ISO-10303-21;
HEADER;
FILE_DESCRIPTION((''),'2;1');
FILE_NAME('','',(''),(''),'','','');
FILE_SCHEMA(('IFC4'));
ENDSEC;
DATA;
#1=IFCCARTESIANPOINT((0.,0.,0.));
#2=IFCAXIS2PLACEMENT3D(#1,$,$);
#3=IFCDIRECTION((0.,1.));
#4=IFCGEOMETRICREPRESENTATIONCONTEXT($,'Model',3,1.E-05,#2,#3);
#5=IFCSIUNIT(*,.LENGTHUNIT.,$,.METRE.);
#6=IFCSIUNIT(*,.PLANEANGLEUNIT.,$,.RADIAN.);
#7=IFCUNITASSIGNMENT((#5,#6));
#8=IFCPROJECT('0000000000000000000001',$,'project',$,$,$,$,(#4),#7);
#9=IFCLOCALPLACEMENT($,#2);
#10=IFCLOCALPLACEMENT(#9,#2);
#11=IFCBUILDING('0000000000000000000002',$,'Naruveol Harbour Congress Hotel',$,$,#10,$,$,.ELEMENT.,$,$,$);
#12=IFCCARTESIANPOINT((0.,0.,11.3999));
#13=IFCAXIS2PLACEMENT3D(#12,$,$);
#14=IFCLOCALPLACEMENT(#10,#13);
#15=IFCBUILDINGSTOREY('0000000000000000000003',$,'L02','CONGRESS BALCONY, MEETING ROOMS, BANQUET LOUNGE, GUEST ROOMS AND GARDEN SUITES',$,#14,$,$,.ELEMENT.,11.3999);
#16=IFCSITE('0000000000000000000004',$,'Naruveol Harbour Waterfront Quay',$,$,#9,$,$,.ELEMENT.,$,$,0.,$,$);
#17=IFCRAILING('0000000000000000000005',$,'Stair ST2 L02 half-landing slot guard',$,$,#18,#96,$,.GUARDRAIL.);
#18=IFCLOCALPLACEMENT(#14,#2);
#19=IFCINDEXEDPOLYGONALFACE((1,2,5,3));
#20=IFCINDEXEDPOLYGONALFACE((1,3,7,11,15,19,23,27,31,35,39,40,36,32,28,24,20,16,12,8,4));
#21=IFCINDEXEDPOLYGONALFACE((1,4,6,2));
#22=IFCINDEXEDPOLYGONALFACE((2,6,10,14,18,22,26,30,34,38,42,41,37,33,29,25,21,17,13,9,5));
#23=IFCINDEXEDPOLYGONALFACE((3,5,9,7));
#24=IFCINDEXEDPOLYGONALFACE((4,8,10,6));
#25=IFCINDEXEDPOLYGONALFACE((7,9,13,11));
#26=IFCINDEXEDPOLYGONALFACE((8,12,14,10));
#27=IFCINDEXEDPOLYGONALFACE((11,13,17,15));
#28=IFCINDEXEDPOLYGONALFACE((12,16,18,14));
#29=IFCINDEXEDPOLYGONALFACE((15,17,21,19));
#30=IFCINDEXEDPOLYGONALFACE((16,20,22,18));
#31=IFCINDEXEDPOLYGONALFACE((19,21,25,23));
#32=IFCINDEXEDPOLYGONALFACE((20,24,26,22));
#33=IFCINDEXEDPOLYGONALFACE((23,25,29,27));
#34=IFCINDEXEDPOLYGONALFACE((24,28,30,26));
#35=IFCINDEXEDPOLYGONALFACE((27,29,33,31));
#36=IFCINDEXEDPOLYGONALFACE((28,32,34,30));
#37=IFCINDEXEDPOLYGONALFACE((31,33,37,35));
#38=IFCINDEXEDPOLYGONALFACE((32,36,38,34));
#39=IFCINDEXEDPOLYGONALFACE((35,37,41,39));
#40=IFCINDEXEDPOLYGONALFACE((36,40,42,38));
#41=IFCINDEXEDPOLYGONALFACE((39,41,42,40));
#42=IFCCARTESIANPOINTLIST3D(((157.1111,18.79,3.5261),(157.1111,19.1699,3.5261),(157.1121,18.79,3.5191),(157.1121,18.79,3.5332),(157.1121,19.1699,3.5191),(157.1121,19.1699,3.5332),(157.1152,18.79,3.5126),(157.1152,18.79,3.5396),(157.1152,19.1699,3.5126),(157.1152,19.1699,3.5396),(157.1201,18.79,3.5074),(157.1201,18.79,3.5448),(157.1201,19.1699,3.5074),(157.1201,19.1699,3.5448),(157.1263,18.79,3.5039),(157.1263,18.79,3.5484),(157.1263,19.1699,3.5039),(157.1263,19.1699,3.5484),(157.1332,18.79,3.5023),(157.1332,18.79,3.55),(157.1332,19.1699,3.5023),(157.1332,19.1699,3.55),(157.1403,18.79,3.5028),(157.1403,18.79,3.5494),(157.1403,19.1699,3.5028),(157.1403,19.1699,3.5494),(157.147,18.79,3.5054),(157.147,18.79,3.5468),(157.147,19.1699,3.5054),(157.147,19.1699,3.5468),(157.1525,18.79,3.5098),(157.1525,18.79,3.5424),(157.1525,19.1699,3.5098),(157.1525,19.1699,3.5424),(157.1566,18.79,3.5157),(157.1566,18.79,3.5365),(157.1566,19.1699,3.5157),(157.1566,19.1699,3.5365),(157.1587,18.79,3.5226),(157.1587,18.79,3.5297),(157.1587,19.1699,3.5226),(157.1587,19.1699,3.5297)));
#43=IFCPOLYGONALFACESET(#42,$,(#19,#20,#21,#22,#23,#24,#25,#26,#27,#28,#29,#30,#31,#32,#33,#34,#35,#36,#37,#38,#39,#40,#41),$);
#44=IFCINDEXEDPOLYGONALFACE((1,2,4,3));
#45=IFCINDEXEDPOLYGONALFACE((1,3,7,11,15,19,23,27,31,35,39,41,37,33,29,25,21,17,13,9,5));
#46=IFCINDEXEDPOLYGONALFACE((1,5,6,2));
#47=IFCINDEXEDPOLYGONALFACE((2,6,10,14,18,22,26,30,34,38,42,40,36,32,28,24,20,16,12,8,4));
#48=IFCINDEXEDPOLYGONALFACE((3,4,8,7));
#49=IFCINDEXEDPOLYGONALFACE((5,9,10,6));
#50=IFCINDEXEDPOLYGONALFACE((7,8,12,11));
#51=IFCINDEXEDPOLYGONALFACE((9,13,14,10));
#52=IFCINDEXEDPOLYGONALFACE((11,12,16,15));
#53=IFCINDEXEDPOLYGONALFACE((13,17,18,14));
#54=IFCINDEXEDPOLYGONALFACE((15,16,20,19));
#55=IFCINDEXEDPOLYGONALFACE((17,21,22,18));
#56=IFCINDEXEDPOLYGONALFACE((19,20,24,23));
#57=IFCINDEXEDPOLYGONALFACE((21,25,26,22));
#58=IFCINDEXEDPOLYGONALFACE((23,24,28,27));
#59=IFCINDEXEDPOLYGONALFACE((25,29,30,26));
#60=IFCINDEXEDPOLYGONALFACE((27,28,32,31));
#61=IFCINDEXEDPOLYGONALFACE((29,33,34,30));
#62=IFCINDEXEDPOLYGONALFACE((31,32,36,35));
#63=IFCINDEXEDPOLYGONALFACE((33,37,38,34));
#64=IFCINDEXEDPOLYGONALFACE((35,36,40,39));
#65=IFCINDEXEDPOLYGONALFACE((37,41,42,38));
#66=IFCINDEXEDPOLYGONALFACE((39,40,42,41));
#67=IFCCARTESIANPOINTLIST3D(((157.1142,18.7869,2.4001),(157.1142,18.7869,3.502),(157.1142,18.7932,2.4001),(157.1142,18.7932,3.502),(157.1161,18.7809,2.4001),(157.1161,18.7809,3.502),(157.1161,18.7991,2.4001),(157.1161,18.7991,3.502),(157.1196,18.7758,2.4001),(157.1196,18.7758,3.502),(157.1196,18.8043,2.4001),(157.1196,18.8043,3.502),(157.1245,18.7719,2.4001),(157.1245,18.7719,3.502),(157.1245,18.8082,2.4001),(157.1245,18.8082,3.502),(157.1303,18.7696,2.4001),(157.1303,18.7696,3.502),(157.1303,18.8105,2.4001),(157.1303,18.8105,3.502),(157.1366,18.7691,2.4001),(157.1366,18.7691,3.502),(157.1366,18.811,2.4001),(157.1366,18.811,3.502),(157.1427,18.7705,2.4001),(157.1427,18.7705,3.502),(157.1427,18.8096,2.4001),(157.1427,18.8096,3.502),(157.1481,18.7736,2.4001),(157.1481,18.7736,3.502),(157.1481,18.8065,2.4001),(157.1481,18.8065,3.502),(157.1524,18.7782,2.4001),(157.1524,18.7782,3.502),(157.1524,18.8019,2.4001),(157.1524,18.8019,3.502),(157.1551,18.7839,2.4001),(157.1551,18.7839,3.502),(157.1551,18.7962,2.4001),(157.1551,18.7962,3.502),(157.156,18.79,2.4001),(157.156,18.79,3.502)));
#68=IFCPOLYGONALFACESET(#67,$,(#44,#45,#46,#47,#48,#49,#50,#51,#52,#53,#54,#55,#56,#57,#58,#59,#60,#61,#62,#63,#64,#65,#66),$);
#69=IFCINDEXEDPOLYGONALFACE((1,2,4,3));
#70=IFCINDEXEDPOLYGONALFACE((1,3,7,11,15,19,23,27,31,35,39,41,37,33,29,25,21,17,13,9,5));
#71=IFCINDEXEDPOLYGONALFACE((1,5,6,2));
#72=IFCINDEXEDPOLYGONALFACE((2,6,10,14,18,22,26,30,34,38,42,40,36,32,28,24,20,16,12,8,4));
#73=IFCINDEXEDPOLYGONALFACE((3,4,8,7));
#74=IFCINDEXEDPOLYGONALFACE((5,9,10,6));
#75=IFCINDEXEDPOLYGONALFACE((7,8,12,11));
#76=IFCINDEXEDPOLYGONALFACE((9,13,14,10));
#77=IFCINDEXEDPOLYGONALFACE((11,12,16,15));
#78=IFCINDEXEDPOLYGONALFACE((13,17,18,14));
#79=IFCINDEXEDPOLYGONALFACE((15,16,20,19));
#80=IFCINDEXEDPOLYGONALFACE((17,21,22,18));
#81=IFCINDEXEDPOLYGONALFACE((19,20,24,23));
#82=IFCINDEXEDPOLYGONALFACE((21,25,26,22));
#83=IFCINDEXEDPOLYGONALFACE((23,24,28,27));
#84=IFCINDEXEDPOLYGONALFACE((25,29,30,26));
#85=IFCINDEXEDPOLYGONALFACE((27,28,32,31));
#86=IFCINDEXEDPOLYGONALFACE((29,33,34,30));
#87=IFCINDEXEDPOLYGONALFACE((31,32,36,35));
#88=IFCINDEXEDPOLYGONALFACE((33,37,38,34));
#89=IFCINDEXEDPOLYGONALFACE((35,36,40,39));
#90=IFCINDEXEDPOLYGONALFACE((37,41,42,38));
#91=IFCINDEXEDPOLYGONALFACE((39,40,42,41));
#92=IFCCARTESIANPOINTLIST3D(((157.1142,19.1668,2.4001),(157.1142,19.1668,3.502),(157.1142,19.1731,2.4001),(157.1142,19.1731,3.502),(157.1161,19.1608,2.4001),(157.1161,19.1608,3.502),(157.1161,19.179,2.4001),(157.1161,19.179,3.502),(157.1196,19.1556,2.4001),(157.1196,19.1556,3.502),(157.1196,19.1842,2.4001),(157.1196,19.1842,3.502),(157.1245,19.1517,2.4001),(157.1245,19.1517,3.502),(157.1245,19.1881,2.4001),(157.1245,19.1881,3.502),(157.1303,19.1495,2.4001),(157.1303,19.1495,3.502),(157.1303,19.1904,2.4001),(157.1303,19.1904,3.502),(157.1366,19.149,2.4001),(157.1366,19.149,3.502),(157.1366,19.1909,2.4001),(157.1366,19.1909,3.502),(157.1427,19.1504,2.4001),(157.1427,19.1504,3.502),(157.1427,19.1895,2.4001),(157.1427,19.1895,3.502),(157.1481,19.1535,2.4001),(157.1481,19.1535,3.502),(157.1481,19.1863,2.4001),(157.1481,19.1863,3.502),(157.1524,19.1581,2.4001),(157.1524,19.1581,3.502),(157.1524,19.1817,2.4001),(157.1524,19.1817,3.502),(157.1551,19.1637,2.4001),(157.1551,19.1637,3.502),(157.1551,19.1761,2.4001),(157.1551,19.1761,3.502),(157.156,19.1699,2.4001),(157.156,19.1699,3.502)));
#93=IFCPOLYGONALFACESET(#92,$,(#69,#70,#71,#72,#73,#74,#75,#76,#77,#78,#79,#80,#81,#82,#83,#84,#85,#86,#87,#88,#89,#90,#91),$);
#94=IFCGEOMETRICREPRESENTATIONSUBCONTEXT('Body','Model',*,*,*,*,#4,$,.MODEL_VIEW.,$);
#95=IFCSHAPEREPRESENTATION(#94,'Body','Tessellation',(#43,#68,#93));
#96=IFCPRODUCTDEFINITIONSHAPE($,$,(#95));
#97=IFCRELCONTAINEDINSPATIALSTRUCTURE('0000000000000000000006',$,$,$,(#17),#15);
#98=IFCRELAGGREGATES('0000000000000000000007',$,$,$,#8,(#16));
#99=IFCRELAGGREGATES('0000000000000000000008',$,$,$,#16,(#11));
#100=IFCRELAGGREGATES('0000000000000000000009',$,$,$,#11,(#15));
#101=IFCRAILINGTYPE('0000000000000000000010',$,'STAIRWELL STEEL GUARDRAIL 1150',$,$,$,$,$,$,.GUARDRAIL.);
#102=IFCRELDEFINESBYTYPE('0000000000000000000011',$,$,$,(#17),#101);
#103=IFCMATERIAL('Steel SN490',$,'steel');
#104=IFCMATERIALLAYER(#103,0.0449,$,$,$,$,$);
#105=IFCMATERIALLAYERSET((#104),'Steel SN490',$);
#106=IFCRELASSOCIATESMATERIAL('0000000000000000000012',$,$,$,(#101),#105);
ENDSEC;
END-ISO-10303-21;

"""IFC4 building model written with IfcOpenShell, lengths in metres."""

from ifc_helpers import new_model, si_unit, direction, frame, origin, origin_2d, place, context, subcontext, project, spatial, circle, extrude, material, layer, layer_set, type_object, element, save


model = new_model("IFC4")

# Units and contexts
model_context = context("Model", 3, precision=1e-05, world=origin(), true_north=direction((0.0, 1.0)))
body_context = subcontext(model_context, "Body", "Model", "MODEL_VIEW")
ifc_project = project(units=[si_unit("LENGTHUNIT", "METRE"), si_unit("PLANEANGLEUNIT", "RADIAN")], contexts=[model_context])

# Site, building, storey
site_placement = place(None, origin())
site = spatial("IfcSite", under=ifc_project, at=site_placement, Name="Naruveol Harbour Waterfront Quay", CompositionType="ELEMENT", RefElevation=0.0)
building_placement = place(site_placement, origin())
building = spatial("IfcBuilding", under=site, at=building_placement, Name="Naruveol Harbour Congress Hotel", CompositionType="ELEMENT")
storey_placement = place(building_placement, frame((0.0, 0.0, 11.3999)))
storey = spatial("IfcBuildingStorey", under=building, at=storey_placement, Name="L02", Description="CONGRESS BALCONY, MEETING ROOMS, BANQUET LOUNGE, GUEST ROOMS AND GARDEN SUITES", CompositionType="ELEMENT", Elevation=11.3999)

# Railing
ifc_material_1 = material(Name="Steel SN490", Category="steel")
ifc_layer_1 = layer(ifc_material_1, 0.0449)
ifc_layer_set_1 = layer_set([ifc_layer_1], Name="Steel SN490")
railing_type = type_object("IfcRailingType", Name="STAIRWELL STEEL GUARDRAIL 1150", PredefinedType="GUARDRAIL", material=ifc_layer_set_1)
railing_placement = place(storey_placement, frame((157.135, 18.79, 2.4001)))
element("IfcRailing", 1, at=railing_placement, inside=storey, type_object=railing_type, Name="Stair ST2 L02 half-landing slot guard", PredefinedType="GUARDRAIL", context=body_context, shape_type="SweptSolid", body=[
    extrude(circle(Radius=0.0239, at=origin_2d()), frame((0.0, 0.0, 1.126), z_axis=(0.0, 1.0, 0.0), x_axis=(-1.0, 0.0, 0.0)), (0.0, 0.0, 1.0), 0.3799),
    extrude(circle(Radius=0.021, at=origin_2d()), origin(), (0.0, 0.0, 1.0), 1.1018),
    extrude(circle(Radius=0.021, at=origin_2d()), frame((0.0, 0.3799, 0.0)), (0.0, 0.0, 1.0), 1.1018),
])

save(model, "model.ifc")
